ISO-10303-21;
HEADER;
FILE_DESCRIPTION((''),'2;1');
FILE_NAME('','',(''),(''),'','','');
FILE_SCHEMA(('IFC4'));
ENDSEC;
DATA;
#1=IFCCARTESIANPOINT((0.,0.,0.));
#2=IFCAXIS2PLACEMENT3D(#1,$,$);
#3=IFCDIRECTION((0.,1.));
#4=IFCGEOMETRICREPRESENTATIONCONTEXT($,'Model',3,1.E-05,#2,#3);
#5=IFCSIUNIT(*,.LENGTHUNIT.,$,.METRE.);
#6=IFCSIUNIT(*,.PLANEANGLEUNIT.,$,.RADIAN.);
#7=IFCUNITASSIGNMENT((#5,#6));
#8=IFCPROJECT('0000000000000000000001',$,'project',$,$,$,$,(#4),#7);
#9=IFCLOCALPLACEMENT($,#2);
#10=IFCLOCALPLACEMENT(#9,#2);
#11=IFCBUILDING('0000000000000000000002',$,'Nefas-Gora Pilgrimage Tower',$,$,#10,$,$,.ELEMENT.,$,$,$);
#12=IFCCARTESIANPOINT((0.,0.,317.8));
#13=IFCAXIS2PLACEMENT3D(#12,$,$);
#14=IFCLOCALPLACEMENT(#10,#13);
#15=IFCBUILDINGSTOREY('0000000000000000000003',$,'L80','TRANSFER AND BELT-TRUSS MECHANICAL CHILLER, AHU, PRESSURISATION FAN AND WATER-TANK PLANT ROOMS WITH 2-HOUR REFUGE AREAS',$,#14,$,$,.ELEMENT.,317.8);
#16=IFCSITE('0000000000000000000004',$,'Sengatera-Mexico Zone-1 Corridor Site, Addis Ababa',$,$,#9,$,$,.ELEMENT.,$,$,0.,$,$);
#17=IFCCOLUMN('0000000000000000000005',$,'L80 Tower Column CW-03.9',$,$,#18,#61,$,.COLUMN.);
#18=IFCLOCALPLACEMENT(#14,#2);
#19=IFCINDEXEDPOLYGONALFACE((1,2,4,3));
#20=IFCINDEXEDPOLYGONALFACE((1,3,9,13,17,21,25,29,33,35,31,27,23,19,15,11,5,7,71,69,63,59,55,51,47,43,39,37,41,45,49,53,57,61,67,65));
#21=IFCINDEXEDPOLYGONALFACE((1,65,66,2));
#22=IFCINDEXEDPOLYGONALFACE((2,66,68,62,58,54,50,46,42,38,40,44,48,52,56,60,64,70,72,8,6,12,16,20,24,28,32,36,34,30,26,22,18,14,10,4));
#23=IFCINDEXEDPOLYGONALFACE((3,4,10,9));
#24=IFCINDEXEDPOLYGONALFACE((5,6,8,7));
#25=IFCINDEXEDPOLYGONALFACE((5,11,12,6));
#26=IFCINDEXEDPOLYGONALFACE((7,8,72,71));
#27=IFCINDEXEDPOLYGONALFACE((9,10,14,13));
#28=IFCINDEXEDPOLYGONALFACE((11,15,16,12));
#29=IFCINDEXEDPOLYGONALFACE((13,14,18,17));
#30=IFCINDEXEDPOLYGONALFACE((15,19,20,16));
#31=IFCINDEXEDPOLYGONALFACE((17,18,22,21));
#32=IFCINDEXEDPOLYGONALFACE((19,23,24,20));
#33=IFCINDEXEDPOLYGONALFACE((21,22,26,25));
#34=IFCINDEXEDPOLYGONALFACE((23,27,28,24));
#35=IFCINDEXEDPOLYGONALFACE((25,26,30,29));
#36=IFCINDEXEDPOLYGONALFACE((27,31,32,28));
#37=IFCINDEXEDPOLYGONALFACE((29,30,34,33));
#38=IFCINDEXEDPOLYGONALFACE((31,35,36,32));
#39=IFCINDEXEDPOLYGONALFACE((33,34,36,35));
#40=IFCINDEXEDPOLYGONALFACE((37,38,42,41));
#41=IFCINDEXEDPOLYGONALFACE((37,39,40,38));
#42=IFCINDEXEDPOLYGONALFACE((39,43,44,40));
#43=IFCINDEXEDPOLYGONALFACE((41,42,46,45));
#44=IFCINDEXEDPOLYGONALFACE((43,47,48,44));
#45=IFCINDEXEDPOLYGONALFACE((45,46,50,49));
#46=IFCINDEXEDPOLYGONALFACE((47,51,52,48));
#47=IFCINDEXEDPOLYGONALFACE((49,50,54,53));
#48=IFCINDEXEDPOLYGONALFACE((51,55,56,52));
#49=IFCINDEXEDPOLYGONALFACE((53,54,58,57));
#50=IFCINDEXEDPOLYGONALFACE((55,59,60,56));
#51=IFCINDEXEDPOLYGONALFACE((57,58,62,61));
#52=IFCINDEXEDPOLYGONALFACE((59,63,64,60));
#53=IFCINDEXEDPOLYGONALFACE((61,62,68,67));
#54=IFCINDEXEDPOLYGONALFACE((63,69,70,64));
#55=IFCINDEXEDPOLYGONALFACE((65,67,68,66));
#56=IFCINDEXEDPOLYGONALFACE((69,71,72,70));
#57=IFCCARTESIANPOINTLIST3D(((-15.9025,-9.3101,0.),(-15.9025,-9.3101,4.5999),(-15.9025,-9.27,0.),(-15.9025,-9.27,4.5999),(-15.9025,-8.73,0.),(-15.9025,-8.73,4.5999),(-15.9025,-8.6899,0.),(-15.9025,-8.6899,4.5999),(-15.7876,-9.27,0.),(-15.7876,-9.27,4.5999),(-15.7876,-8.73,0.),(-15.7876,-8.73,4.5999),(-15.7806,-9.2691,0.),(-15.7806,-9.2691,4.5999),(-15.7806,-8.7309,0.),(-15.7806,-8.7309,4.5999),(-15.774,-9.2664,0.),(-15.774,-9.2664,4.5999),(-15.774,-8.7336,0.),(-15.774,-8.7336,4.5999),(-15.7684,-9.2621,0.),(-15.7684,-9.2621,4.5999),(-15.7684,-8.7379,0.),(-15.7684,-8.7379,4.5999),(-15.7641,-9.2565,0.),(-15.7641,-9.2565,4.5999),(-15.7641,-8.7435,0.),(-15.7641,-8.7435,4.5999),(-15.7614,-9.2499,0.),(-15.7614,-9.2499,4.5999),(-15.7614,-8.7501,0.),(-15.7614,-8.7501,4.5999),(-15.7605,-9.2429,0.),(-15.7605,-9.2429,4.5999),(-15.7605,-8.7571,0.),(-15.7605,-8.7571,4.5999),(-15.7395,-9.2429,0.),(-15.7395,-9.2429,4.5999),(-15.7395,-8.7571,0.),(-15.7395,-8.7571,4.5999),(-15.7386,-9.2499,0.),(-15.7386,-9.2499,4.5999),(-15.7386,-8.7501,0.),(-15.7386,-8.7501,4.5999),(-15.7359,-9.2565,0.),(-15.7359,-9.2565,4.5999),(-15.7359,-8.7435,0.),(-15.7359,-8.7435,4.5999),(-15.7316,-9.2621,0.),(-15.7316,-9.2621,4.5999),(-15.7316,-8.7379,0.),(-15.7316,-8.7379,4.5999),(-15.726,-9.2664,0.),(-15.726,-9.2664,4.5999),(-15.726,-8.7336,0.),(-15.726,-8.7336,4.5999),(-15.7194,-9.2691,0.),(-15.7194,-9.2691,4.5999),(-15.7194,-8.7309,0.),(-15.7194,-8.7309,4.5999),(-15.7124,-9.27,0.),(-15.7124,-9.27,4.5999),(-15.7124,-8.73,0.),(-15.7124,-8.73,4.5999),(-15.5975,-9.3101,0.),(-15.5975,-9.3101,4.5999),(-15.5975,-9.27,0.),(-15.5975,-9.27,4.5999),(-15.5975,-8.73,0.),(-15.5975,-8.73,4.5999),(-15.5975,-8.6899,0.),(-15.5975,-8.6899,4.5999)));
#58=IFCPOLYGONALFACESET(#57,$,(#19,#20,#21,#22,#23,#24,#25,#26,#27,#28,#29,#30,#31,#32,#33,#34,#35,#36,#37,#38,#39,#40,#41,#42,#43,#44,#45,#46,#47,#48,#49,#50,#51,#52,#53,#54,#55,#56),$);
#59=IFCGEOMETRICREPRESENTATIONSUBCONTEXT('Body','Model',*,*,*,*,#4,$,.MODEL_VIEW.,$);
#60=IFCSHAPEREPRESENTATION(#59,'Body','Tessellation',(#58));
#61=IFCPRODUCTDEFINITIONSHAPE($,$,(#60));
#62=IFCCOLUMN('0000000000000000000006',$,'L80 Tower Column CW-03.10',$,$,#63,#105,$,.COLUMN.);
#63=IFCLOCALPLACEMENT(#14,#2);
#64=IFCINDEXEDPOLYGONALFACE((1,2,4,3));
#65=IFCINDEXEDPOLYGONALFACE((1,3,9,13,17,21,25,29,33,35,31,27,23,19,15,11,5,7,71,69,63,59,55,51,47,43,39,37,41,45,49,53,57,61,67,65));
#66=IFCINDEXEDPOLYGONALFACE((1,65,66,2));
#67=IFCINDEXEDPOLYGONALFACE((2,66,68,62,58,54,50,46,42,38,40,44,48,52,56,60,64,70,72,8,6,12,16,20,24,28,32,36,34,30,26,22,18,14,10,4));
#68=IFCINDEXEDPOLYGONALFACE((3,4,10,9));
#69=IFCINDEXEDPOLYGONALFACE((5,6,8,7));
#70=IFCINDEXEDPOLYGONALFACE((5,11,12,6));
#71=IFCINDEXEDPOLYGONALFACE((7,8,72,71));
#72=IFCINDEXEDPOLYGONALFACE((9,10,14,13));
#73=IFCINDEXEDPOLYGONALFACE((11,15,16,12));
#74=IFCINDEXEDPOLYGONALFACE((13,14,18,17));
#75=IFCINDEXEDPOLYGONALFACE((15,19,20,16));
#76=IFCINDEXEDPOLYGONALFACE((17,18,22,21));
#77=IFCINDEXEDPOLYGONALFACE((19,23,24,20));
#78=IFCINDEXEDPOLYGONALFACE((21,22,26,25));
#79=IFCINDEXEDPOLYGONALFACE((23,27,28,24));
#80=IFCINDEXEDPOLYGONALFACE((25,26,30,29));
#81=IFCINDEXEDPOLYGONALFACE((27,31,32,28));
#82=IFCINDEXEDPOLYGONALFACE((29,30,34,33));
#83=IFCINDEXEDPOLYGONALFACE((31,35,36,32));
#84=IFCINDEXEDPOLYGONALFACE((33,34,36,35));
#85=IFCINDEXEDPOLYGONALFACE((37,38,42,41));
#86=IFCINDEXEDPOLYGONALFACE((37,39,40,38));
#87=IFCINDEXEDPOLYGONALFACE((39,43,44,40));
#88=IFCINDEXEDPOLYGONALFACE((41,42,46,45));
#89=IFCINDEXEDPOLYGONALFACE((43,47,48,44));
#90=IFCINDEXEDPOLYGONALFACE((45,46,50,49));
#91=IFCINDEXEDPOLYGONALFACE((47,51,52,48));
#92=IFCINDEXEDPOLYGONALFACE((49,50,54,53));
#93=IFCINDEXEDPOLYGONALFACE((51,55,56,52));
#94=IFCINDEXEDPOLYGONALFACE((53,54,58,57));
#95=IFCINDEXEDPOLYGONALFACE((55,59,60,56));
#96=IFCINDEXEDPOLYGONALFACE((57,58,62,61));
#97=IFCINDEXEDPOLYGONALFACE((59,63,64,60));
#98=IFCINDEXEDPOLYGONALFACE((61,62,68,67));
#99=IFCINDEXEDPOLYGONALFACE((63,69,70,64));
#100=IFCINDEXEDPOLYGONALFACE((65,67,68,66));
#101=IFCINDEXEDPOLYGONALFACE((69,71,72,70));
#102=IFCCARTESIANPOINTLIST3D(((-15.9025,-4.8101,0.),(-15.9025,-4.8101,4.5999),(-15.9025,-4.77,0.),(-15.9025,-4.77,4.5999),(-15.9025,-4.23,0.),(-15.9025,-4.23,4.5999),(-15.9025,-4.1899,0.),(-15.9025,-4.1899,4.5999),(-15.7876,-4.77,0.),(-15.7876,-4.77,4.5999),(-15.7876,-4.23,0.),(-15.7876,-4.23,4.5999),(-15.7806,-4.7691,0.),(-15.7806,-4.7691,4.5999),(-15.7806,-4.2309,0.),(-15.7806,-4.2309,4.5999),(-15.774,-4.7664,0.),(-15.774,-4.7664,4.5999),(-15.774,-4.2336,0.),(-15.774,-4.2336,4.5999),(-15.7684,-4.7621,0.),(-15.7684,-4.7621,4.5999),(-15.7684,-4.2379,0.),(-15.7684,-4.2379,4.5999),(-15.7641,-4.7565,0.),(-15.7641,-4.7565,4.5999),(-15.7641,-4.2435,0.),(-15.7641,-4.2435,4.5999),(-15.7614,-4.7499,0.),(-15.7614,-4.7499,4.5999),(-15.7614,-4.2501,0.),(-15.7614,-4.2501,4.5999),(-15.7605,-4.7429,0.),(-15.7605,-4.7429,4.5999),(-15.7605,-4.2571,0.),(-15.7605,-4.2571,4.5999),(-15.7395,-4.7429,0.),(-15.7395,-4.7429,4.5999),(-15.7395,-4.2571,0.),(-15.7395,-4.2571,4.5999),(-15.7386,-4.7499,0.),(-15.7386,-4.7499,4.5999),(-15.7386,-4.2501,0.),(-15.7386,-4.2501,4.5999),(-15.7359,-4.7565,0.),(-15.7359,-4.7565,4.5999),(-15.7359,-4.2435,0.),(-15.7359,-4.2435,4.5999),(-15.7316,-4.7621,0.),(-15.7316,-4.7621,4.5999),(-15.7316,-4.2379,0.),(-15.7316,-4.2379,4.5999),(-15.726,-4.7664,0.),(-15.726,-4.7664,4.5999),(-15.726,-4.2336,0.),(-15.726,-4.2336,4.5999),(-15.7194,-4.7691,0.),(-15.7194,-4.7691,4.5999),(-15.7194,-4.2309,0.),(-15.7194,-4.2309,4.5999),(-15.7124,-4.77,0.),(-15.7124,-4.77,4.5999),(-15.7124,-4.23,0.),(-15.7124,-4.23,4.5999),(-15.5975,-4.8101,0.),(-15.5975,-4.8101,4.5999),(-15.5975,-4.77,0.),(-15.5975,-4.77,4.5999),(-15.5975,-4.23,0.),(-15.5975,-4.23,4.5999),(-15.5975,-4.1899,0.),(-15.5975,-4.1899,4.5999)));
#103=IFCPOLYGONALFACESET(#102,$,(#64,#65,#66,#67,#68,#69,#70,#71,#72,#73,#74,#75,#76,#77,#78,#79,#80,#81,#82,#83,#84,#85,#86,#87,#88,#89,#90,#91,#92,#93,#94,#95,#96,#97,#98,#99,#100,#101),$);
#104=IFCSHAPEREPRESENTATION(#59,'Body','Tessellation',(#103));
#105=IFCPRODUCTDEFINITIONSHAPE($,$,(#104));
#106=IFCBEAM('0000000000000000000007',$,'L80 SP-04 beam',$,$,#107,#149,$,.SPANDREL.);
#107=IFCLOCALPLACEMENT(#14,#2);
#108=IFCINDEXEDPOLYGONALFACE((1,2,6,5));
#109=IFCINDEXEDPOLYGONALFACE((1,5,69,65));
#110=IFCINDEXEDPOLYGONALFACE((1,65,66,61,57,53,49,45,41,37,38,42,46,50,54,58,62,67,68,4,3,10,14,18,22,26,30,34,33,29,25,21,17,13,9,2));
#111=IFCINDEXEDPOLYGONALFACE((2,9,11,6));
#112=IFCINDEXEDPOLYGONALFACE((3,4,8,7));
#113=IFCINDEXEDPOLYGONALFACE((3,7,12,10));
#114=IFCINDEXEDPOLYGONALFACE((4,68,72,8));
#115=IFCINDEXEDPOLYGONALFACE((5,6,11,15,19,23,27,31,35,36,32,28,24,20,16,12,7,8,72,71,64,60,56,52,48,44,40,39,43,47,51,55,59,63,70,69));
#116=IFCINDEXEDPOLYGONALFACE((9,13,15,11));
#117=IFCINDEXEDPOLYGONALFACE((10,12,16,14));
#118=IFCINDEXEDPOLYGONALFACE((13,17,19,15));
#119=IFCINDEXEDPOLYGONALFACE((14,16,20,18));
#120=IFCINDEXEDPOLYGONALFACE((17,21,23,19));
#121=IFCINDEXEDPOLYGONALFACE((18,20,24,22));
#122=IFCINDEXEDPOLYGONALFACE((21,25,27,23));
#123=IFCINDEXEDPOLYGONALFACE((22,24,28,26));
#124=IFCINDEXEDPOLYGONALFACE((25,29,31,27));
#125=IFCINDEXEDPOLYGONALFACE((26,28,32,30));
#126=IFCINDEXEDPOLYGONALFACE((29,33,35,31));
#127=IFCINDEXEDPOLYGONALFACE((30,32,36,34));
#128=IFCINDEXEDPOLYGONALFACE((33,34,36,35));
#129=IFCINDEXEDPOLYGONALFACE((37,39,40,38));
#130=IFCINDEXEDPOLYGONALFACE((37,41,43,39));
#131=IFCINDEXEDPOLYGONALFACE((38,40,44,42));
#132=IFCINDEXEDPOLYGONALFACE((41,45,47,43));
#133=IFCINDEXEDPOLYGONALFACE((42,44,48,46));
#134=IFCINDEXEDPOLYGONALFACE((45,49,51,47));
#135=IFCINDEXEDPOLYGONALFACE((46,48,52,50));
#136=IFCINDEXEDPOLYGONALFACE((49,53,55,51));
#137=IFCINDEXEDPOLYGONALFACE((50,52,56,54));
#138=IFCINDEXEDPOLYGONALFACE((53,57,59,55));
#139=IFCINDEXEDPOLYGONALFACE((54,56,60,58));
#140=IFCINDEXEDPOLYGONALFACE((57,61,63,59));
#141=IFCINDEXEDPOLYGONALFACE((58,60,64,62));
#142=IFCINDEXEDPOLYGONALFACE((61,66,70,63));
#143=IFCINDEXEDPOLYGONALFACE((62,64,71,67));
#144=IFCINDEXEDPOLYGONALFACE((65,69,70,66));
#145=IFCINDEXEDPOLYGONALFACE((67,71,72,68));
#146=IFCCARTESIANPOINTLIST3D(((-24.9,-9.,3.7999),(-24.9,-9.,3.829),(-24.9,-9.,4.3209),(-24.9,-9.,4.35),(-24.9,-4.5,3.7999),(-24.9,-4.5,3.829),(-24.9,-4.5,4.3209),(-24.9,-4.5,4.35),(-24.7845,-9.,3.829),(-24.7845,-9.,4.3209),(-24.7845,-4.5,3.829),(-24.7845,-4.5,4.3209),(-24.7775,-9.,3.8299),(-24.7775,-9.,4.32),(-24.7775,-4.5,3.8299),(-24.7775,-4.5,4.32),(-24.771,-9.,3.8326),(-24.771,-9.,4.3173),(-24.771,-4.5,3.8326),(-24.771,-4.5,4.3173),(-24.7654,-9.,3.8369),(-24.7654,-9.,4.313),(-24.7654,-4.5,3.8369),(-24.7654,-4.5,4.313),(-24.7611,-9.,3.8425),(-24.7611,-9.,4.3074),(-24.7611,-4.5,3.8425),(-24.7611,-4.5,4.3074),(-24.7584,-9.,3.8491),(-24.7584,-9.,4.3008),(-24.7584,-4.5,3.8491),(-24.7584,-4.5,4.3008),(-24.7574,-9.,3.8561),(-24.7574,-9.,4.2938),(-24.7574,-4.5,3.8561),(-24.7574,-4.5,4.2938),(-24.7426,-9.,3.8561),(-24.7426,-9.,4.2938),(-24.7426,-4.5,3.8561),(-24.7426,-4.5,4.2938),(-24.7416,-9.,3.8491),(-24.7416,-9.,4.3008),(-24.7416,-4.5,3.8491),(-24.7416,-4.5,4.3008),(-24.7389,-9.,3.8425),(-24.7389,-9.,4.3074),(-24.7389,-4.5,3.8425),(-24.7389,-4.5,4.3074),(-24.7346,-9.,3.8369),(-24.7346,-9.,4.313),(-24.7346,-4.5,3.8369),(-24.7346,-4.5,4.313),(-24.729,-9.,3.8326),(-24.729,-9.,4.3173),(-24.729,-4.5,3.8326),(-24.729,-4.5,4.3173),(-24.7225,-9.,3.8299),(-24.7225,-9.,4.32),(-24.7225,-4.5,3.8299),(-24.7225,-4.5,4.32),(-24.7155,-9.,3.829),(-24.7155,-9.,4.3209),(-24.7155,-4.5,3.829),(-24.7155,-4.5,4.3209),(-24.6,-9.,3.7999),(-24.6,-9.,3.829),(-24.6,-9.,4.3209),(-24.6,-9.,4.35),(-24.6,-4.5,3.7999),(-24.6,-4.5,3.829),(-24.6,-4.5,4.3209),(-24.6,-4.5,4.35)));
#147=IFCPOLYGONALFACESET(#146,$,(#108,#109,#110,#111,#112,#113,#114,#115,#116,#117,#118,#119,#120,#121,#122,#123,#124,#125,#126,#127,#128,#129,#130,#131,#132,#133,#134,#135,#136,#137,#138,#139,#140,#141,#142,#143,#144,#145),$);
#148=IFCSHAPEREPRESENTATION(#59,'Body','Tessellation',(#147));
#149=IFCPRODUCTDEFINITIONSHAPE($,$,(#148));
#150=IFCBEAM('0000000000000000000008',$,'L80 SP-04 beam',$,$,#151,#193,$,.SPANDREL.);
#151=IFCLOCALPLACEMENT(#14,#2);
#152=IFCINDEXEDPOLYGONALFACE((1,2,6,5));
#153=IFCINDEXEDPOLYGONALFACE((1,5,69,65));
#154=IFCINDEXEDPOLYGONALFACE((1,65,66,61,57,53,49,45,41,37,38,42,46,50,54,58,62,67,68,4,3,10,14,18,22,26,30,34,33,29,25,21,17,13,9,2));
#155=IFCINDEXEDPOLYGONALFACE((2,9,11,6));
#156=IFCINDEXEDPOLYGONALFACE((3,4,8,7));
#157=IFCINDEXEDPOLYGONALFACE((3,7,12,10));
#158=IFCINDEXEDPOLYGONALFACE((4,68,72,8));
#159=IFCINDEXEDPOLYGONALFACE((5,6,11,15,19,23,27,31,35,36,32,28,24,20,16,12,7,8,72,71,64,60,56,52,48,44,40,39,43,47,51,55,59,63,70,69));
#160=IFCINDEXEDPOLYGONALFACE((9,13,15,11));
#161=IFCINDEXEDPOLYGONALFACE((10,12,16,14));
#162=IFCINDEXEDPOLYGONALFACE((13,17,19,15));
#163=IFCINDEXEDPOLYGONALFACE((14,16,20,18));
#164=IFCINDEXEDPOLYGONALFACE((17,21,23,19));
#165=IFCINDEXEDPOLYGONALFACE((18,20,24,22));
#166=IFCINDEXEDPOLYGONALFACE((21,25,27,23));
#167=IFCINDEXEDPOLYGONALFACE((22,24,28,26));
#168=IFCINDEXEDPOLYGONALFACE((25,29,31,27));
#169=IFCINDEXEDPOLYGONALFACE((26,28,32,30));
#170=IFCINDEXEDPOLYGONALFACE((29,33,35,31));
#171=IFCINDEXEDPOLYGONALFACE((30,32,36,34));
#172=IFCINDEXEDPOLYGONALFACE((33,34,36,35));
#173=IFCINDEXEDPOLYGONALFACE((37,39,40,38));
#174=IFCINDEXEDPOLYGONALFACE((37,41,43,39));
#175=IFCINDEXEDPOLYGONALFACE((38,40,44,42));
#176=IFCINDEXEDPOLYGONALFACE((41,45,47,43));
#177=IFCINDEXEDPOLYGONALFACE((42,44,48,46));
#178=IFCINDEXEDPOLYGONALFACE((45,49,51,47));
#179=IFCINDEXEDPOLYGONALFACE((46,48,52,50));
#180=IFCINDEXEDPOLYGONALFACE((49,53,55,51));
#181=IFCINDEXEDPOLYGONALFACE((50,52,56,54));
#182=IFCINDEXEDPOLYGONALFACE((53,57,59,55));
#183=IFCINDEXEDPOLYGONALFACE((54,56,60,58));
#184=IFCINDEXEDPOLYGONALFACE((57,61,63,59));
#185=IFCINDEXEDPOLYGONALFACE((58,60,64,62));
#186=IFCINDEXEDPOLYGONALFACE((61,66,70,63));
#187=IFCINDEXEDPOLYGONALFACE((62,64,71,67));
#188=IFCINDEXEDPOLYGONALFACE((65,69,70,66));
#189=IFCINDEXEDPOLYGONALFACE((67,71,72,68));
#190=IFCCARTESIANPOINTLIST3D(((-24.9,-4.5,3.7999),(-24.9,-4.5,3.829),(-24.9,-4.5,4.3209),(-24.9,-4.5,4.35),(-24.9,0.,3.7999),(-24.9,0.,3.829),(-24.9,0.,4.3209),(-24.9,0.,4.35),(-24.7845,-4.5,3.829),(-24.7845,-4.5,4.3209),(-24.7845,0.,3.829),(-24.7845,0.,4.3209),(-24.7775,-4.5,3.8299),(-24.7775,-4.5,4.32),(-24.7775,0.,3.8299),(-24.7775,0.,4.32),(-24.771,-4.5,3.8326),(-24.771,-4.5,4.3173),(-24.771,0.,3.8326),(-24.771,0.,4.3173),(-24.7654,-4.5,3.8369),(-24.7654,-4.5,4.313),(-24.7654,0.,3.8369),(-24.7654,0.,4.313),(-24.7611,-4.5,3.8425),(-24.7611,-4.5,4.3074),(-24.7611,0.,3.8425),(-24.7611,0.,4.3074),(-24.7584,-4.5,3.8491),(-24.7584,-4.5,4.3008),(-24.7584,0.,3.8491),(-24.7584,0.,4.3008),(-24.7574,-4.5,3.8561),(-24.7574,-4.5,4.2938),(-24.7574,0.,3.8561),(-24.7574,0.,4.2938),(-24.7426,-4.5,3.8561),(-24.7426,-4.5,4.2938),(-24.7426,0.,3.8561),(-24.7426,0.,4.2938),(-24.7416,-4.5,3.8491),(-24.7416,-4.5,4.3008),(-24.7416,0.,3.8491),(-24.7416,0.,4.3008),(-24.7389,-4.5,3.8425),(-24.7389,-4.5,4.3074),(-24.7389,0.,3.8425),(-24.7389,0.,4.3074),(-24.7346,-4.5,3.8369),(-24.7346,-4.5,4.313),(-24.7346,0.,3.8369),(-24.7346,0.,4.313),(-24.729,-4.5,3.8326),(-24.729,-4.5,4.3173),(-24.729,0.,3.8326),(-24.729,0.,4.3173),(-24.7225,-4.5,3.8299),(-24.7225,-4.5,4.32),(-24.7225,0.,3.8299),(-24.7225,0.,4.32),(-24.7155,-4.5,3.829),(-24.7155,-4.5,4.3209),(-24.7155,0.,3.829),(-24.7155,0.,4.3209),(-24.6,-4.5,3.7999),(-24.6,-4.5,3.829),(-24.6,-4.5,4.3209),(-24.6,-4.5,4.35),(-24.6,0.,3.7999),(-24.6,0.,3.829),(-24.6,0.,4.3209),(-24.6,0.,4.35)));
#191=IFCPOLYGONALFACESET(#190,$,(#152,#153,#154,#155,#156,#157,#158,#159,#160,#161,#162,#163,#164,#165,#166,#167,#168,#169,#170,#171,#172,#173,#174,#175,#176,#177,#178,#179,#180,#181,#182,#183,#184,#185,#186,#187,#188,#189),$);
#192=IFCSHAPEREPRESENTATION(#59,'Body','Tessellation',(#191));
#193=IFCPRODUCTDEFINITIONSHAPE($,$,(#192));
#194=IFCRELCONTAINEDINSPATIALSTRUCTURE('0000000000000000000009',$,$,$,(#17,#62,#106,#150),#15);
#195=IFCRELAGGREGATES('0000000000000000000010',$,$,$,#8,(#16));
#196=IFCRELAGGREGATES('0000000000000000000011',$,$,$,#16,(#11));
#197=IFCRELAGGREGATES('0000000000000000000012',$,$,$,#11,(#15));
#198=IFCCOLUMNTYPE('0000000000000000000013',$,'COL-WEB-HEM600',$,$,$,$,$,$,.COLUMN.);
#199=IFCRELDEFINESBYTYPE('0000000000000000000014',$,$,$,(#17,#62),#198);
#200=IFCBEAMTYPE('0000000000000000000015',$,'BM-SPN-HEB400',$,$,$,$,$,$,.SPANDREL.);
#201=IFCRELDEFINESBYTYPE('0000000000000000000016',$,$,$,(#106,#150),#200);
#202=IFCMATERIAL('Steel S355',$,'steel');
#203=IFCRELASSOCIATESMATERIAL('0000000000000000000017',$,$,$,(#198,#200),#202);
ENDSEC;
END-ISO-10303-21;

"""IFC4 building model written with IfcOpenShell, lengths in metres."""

from ifc_helpers import new_model, si_unit, direction, frame, origin, origin_2d, place, context, subcontext, project, spatial, i_section, extrude, source, transform, mapped, material, material_profile, profile_set, type_object, element, save


model = new_model("IFC4")

# Units and contexts
model_context = context("Model", 3, precision=1e-05, world=origin(), true_north=direction((0.0, 1.0)))
body_context = subcontext(model_context, "Body", "Model", "MODEL_VIEW")
ifc_project = project(units=[si_unit("LENGTHUNIT", "METRE"), si_unit("PLANEANGLEUNIT", "RADIAN")], contexts=[model_context])

# Site, building, storey
site_placement = place(None, origin())
site = spatial("IfcSite", under=ifc_project, at=site_placement, Name="Sengatera-Mexico Zone-1 Corridor Site, Addis Ababa", CompositionType="ELEMENT", RefElevation=0.0)
building_placement = place(site_placement, origin())
building = spatial("IfcBuilding", under=site, at=building_placement, Name="Nefas-Gora Pilgrimage Tower", CompositionType="ELEMENT")
storey_placement = place(building_placement, frame((0.0, 0.0, 317.8)))
storey = spatial("IfcBuildingStorey", under=building, at=storey_placement, Name="L80", Description="TRANSFER AND BELT-TRUSS MECHANICAL CHILLER, AHU, PRESSURISATION FAN AND WATER-TANK PLANT ROOMS WITH 2-HOUR REFUGE AREAS", CompositionType="ELEMENT", Elevation=317.8)

# Columns
ifc_material_1 = material(Name="Steel S355", Category="steel")
ifc_material_profile_1 = material_profile(ifc_material_1, i_section(OverallWidth=0.3049, OverallDepth=0.6201, WebThickness=0.021, FlangeThickness=0.04, FilletRadius=0.0271, at=origin_2d()), Name="HEM 600")
ifc_profile_set_1 = profile_set([ifc_material_profile_1], Name="Steel S355")
column_type_1 = type_object("IfcColumnType", Name="COL-WEB-HEM600", PredefinedType="COLUMN", material=ifc_profile_set_1)
shared_shape_1 = source(origin(), body_context, "Body", "SweptSolid", [
    extrude(i_section(OverallWidth=0.3049, OverallDepth=0.6201, WebThickness=0.021, FlangeThickness=0.04, FilletRadius=0.0271, at=origin_2d()), origin(), (0.0, 0.0, 1.0), 4.5999),
])
for number, where, z_axis, x_axis, name in (
    (1, (-15.75, -9.0, 0.0), (0.0, 0.0, 1.0), (1.0, 0.0, 0.0), "L80 Tower Column CW-03.9"),
    (2, (-15.75, -4.5, 0.0), (0.0, 0.0, 1.0), (1.0, 0.0, 0.0), "L80 Tower Column CW-03.10"),
):
    element("IfcColumn", number, at=place(storey_placement, frame(where, z_axis=z_axis, x_axis=x_axis)), inside=storey, type_object=column_type_1, Name=name, PredefinedType="COLUMN", context=body_context, shape_type="MappedRepresentation", body=[
        mapped(shared_shape_1, transform((0.0, 0.0, 0.0), x_axis=(1.0, 0.0, 0.0), y_axis=(0.0, 1.0, 0.0), z_axis=(0.0, 0.0, 1.0), scale=1.0)),
    ])

# Beams
ifc_material_profile_2 = material_profile(ifc_material_1, i_section(OverallWidth=0.3, OverallDepth=0.55, WebThickness=0.0149, FlangeThickness=0.0291, FilletRadius=0.0271, at=origin_2d()), Name="HEB 550")
ifc_profile_set_2 = profile_set([ifc_material_profile_2], Name="Steel S355")
beam_type_1 = type_object("IfcBeamType", Name="BM-SPN-HEB400", PredefinedType="SPANDREL", material=ifc_profile_set_2)
shared_shape_2 = source(origin(), body_context, "Body", "SweptSolid", [
    extrude(i_section(OverallWidth=0.3, OverallDepth=0.55, WebThickness=0.0149, FlangeThickness=0.0291, FilletRadius=0.0271, at=origin_2d()), origin(), (0.0, 0.0, 1.0), 4.5),
])
for number, where, z_axis, x_axis, name in (
    (3, (-24.75, -9.0, 4.075), (0.0, 1.0, 0.0), (-1.0, 0.0, 0.0), "L80 SP-04 beam"),
    (4, (-24.75, -4.5, 4.075), (0.0, 1.0, 0.0), (-1.0, 0.0, 0.0), "L80 SP-04 beam"),
):
    element("IfcBeam", number, at=place(storey_placement, frame(where, z_axis=z_axis, x_axis=x_axis)), inside=storey, type_object=beam_type_1, Name=name, PredefinedType="SPANDREL", context=body_context, shape_type="MappedRepresentation", body=[
        mapped(shared_shape_2, transform((0.0, 0.0, 0.0), x_axis=(1.0, 0.0, 0.0), y_axis=(0.0, 1.0, 0.0), z_axis=(0.0, 0.0, 1.0), scale=1.0)),
    ])

save(model, "model.ifc")
